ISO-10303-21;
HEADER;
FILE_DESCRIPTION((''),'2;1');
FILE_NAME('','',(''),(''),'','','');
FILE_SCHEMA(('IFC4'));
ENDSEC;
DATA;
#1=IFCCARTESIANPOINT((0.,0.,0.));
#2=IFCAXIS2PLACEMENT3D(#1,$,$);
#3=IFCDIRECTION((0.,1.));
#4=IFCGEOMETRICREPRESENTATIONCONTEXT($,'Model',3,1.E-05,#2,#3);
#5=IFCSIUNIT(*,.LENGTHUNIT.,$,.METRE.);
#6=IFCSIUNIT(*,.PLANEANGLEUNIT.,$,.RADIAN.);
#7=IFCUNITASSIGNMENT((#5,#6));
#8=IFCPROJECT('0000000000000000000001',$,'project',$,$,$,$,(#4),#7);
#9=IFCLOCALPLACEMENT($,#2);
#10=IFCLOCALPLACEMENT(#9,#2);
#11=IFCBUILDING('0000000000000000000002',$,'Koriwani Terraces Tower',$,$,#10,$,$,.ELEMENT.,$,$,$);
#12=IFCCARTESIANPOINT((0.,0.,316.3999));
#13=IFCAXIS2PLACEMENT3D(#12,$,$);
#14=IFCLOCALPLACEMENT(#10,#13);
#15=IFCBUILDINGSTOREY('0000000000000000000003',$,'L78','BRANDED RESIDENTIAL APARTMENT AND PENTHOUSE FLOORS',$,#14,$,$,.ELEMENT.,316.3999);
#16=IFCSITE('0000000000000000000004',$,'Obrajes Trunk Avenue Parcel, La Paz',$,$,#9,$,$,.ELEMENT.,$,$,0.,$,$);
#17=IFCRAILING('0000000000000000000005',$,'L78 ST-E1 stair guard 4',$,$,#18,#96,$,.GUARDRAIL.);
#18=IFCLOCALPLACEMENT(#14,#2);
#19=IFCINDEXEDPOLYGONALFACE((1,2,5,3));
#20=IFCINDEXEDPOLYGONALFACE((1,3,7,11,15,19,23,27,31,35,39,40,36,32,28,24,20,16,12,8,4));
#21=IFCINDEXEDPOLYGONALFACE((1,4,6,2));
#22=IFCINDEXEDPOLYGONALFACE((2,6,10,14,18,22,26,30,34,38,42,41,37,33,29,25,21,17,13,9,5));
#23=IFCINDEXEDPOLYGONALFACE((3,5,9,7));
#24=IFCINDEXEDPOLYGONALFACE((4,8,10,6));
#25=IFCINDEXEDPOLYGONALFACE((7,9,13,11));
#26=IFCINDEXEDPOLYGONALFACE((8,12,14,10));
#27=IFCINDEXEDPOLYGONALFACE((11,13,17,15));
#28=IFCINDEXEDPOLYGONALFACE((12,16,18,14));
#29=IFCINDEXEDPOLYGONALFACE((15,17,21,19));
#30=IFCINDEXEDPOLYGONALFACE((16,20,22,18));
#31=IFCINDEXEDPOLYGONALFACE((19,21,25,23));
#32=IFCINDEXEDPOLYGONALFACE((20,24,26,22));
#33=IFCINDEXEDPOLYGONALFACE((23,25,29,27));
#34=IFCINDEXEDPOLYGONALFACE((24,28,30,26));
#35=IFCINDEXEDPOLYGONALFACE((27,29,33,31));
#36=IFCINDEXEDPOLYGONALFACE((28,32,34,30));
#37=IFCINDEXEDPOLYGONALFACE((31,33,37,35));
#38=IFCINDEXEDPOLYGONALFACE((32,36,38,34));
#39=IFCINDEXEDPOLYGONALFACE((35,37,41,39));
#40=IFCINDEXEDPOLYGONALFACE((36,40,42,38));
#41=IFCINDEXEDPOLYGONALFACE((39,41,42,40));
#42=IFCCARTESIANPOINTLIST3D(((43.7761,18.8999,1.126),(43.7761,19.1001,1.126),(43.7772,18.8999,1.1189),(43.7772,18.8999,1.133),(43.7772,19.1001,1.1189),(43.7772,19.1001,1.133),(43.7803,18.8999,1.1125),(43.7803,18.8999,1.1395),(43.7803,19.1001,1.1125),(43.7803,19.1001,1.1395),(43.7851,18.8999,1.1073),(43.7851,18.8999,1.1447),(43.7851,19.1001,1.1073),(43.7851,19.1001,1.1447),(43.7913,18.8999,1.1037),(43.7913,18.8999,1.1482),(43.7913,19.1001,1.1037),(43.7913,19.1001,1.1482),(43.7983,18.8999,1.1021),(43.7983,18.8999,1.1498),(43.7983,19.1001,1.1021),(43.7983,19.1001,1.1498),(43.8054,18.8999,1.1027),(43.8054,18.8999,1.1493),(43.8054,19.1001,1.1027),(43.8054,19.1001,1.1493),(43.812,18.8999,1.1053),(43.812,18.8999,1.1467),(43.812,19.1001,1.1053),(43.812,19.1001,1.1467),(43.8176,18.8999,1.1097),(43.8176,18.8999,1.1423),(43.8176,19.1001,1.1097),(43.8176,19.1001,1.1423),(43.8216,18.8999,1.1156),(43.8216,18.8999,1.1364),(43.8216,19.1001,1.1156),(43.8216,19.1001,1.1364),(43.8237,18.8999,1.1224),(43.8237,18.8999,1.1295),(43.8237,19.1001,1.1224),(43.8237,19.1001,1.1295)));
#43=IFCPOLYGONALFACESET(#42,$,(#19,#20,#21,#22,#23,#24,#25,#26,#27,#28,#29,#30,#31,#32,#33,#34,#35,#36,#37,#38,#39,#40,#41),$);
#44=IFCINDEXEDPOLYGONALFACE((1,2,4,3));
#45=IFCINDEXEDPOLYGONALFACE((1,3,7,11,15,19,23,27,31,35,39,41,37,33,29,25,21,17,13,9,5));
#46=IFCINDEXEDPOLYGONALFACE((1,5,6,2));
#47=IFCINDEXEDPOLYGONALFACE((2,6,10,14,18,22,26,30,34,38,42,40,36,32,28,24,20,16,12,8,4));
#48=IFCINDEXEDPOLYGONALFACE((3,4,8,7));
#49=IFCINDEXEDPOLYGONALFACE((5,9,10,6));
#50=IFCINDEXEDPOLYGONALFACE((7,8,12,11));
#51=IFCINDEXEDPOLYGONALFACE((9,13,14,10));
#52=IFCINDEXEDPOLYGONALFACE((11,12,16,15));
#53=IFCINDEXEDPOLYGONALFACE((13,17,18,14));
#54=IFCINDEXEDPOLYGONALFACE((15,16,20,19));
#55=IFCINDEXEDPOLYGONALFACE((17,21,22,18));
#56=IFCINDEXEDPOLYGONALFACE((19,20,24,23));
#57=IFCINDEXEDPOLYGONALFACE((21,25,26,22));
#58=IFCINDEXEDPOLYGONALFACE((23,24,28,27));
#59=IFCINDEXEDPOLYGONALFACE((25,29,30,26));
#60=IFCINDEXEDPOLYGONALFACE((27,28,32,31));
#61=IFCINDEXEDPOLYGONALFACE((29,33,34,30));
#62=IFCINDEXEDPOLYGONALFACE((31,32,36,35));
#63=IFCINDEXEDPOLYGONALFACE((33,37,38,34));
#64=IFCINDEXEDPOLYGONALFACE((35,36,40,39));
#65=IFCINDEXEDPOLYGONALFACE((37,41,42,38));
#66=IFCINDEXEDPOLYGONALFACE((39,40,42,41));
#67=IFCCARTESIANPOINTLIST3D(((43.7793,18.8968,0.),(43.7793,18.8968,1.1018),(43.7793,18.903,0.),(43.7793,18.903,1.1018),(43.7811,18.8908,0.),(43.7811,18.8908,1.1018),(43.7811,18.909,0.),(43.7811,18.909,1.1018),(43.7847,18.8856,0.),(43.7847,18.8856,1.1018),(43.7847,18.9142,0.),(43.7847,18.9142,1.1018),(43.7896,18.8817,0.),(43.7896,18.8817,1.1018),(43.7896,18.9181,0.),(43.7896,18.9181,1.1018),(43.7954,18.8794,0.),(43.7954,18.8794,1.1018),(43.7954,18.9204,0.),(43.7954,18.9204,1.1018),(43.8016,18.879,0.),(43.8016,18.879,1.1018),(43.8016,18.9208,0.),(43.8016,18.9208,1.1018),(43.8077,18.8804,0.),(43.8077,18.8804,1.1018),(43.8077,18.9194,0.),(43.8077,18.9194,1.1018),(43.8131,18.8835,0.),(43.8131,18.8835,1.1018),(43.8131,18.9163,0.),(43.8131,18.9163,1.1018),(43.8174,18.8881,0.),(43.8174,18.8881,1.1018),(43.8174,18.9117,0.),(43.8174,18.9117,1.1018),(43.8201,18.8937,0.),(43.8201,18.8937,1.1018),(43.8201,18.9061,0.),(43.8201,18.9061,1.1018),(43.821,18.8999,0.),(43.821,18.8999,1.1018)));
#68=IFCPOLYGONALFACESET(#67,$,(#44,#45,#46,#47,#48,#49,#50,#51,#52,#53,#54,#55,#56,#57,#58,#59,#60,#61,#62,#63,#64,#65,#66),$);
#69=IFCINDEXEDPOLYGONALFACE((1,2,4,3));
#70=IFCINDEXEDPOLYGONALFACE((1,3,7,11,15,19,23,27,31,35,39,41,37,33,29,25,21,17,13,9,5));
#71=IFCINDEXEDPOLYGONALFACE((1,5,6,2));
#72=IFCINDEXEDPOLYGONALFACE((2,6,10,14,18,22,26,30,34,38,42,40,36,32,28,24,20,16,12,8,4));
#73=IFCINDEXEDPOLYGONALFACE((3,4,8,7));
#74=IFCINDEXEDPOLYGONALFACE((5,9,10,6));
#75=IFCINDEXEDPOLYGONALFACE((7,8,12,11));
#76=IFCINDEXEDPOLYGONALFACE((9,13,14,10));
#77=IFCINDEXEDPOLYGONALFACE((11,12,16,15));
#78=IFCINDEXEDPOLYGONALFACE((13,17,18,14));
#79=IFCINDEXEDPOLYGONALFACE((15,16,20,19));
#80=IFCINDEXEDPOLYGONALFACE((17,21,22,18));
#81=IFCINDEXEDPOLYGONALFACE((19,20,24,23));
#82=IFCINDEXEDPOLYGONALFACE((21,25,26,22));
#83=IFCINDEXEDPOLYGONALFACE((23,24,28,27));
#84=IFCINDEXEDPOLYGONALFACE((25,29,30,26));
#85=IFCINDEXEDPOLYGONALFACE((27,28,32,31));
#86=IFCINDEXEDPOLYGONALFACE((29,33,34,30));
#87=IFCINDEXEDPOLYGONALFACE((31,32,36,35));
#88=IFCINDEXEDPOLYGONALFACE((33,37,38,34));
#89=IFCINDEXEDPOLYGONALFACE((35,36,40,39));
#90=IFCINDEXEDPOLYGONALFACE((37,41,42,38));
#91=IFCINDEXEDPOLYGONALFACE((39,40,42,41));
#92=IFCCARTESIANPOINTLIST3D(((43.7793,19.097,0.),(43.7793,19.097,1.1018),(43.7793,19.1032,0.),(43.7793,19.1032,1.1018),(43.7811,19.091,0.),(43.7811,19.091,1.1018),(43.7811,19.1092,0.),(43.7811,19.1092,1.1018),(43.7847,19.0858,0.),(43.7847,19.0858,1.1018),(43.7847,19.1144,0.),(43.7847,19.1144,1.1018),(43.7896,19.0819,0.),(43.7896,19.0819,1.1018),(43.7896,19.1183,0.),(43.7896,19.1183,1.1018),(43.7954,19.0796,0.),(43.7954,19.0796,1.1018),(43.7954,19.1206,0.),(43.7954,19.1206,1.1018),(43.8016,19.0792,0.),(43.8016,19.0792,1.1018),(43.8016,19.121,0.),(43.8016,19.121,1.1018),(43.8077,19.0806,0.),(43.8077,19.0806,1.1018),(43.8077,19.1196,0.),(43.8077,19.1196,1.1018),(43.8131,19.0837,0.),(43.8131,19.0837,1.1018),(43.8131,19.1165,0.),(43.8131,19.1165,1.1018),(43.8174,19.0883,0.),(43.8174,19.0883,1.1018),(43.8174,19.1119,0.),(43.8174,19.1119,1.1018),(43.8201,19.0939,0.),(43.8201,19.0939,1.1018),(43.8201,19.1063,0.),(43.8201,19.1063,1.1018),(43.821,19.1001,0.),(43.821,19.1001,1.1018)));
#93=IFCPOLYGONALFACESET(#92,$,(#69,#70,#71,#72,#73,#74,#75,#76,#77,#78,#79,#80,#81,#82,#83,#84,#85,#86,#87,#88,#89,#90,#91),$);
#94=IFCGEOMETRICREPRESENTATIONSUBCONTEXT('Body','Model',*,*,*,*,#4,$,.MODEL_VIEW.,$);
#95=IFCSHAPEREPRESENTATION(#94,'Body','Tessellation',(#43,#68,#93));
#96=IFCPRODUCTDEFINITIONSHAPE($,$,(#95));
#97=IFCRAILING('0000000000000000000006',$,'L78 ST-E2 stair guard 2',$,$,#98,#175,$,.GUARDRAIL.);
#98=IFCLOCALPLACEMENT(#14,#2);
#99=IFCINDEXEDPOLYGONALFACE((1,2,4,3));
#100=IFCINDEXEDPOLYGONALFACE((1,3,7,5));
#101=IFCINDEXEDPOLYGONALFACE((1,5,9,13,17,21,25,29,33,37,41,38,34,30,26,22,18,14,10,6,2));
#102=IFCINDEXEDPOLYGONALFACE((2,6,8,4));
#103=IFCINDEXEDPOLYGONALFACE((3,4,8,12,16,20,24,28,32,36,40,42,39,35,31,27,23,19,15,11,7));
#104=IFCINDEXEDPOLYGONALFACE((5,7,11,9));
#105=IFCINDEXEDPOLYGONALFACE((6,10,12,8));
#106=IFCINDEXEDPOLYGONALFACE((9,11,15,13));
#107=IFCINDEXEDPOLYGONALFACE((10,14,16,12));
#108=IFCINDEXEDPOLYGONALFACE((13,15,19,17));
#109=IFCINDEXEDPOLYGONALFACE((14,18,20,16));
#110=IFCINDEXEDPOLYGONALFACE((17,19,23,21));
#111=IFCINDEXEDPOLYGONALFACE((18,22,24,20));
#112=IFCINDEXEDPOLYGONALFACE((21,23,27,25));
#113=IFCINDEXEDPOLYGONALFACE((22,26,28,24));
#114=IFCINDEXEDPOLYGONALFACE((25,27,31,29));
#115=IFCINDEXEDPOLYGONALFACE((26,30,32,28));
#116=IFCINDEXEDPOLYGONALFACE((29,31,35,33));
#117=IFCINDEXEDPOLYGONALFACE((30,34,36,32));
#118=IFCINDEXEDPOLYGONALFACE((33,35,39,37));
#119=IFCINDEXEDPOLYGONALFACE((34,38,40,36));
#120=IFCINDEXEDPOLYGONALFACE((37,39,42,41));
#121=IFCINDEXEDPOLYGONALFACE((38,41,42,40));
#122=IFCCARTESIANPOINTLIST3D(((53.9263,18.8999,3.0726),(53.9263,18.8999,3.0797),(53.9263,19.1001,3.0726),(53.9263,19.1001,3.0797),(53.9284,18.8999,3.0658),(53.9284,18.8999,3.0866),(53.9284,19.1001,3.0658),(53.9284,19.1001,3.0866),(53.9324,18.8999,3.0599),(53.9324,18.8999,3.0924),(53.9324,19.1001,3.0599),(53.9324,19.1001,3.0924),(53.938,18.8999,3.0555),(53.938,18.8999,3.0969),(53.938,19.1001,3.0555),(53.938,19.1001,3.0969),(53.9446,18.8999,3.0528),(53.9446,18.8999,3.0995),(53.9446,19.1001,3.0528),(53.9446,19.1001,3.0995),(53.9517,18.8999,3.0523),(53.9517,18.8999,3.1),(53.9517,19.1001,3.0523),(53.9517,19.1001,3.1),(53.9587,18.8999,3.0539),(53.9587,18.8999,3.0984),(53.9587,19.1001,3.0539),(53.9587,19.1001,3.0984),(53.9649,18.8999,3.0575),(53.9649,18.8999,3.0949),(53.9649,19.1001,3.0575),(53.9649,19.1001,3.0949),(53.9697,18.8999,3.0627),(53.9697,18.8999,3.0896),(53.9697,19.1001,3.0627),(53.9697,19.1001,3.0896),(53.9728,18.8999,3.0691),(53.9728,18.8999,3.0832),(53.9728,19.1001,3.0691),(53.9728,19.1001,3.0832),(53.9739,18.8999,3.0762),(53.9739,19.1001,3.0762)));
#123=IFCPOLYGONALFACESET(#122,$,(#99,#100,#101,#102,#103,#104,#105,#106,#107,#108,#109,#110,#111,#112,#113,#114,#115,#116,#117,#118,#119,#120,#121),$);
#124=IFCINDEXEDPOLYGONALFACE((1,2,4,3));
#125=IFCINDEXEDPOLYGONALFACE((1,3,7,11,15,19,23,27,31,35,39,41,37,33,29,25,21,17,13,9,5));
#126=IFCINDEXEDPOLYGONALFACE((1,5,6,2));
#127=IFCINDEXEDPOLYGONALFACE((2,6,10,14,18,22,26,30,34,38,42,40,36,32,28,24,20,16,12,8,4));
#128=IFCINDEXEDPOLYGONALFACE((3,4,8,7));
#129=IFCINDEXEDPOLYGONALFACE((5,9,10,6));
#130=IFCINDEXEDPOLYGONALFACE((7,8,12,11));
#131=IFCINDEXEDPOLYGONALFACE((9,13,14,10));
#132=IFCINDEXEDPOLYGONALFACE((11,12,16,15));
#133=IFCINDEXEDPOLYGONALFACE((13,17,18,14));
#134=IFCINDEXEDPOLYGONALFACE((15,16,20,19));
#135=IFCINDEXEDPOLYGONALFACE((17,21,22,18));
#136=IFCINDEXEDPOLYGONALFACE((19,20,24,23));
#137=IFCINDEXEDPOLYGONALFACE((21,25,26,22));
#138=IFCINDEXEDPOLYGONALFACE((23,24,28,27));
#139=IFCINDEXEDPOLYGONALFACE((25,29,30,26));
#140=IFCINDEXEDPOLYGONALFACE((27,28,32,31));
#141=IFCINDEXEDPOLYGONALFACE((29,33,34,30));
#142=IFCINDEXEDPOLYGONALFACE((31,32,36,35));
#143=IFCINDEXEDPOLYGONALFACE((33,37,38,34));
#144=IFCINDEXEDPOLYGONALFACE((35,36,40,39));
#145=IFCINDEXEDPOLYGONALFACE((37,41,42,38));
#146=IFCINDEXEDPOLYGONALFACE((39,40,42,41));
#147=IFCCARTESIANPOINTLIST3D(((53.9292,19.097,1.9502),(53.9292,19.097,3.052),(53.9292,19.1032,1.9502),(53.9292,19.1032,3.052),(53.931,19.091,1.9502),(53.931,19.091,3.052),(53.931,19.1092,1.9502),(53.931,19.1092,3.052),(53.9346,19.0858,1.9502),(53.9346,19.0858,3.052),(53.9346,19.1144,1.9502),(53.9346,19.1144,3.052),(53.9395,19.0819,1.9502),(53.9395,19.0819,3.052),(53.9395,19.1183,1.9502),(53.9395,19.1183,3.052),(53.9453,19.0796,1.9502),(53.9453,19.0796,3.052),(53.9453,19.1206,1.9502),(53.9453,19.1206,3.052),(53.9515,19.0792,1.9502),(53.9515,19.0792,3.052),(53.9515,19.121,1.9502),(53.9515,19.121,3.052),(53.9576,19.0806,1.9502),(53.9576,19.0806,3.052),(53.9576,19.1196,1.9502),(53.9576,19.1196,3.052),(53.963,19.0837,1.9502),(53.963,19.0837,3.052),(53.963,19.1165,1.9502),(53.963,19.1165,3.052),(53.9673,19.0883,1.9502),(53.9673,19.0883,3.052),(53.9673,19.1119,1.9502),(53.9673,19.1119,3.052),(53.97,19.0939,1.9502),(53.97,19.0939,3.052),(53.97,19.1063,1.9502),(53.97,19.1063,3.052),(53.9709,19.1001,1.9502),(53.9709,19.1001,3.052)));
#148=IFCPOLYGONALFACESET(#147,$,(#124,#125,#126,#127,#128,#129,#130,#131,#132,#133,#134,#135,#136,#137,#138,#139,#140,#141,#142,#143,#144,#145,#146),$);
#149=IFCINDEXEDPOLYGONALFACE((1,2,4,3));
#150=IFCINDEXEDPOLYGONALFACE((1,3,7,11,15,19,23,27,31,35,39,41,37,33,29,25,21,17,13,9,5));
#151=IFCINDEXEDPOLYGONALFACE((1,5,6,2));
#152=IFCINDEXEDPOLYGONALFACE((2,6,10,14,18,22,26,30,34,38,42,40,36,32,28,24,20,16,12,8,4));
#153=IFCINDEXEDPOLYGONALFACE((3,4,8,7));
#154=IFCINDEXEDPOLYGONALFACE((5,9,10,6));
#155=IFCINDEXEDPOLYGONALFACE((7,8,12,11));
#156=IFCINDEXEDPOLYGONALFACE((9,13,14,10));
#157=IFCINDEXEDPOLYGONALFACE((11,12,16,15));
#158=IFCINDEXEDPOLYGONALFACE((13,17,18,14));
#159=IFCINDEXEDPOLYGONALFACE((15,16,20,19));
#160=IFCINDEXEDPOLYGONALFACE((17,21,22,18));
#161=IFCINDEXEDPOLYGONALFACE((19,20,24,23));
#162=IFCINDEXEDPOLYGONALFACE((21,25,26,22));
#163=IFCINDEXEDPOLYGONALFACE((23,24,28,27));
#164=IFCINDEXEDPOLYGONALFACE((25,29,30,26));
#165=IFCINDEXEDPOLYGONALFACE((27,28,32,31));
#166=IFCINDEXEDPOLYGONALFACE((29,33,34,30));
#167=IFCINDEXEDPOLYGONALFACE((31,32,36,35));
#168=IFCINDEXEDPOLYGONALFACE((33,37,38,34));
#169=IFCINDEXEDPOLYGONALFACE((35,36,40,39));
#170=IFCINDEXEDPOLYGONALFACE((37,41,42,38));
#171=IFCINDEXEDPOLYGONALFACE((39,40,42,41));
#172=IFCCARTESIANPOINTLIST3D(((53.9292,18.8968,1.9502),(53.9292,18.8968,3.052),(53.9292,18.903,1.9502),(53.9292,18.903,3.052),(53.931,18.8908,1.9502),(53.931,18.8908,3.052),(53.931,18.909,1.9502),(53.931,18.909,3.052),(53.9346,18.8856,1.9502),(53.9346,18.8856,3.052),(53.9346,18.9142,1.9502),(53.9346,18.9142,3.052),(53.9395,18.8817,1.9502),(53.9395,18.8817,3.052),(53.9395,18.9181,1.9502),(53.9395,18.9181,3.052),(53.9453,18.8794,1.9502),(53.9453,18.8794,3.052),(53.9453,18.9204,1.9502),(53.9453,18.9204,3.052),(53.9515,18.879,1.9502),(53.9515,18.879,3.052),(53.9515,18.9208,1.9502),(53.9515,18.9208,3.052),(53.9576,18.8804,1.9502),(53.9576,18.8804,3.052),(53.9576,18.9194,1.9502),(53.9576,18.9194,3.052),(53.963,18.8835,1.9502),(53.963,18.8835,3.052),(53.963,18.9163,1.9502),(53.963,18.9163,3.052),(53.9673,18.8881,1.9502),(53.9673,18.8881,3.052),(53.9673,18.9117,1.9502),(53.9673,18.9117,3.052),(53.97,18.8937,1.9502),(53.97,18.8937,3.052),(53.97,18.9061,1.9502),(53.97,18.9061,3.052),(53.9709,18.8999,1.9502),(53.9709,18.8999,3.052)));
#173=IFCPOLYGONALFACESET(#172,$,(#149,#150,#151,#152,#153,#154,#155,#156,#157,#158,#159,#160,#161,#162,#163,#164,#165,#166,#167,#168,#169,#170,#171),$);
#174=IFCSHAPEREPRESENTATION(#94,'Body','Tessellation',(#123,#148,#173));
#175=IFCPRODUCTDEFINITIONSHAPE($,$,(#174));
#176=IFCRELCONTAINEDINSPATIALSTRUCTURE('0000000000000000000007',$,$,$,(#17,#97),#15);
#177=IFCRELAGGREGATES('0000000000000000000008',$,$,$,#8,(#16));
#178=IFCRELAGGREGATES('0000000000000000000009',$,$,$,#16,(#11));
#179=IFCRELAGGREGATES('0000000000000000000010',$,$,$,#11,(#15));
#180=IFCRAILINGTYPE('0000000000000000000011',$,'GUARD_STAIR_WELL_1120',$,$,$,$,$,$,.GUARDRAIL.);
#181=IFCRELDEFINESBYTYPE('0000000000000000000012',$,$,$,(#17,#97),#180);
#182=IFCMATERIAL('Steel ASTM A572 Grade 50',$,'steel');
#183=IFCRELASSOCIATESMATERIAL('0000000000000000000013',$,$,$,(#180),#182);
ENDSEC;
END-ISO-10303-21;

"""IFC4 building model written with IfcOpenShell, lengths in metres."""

from ifc_helpers import new_model, si_unit, direction, frame, origin, origin_2d, place, context, subcontext, project, spatial, circle, extrude, material, type_object, element, save


model = new_model("IFC4")

# Units and contexts
model_context = context("Model", 3, precision=1e-05, world=origin(), true_north=direction((0.0, 1.0)))
body_context = subcontext(model_context, "Body", "Model", "MODEL_VIEW")
ifc_project = project(units=[si_unit("LENGTHUNIT", "METRE"), si_unit("PLANEANGLEUNIT", "RADIAN")], contexts=[model_context])

# Site, building, storey
site_placement = place(None, origin())
site = spatial("IfcSite", under=ifc_project, at=site_placement, Name="Obrajes Trunk Avenue Parcel, La Paz", CompositionType="ELEMENT", RefElevation=0.0)
building_placement = place(site_placement, origin())
building = spatial("IfcBuilding", under=site, at=building_placement, Name="Koriwani Terraces Tower", CompositionType="ELEMENT")
storey_placement = place(building_placement, frame((0.0, 0.0, 316.3999)))
storey = spatial("IfcBuildingStorey", under=building, at=storey_placement, Name="L78", Description="BRANDED RESIDENTIAL APARTMENT AND PENTHOUSE FLOORS", CompositionType="ELEMENT", Elevation=316.3999)

# Shared definitions
ifc_material_1 = material(Name="Steel ASTM A572 Grade 50", Category="steel")

# Railings
railing_type_1 = type_object("IfcRailingType", Name="GUARD_STAIR_WELL_1120", PredefinedType="GUARDRAIL", material=ifc_material_1)
railing_1_placement = place(storey_placement, frame((43.8, 18.8999, 0.0)))
element("IfcRailing", 1, at=railing_1_placement, inside=storey, type_object=railing_type_1, Name="L78 ST-E1 stair guard 4", PredefinedType="GUARDRAIL", context=body_context, shape_type="SweptSolid", body=[
    extrude(circle(Radius=0.0239, at=origin_2d()), frame((0.0, 0.0, 1.126), z_axis=(0.0, 1.0, 0.0), x_axis=(-1.0, 0.0, 0.0)), (0.0, 0.0, 1.0), 0.2002),
    extrude(circle(Radius=0.021, at=origin_2d()), origin(), (0.0, 0.0, 1.0), 1.1018),
    extrude(circle(Radius=0.021, at=origin_2d()), frame((0.0, 0.2002, 0.0)), (0.0, 0.0, 1.0), 1.1018),
])
railing_2_placement = place(storey_placement, frame((53.95, 19.1001, 1.9502)))
element("IfcRailing", 2, at=railing_2_placement, inside=storey, type_object=railing_type_1, Name="L78 ST-E2 stair guard 2", PredefinedType="GUARDRAIL", context=body_context, shape_type="SweptSolid", body=[
    extrude(circle(Radius=0.0239, at=origin_2d()), frame((0.0, 0.0, 1.126), z_axis=(0.0, -1.0, 0.0), x_axis=(1.0, 0.0, 0.0)), (0.0, 0.0, 1.0), 0.2002),
    extrude(circle(Radius=0.021, at=origin_2d()), origin(), (0.0, 0.0, 1.0), 1.1018),
    extrude(circle(Radius=0.021, at=origin_2d()), frame((0.0, -0.2002, 0.0)), (0.0, 0.0, 1.0), 1.1018),
])

save(model, "model.ifc")
